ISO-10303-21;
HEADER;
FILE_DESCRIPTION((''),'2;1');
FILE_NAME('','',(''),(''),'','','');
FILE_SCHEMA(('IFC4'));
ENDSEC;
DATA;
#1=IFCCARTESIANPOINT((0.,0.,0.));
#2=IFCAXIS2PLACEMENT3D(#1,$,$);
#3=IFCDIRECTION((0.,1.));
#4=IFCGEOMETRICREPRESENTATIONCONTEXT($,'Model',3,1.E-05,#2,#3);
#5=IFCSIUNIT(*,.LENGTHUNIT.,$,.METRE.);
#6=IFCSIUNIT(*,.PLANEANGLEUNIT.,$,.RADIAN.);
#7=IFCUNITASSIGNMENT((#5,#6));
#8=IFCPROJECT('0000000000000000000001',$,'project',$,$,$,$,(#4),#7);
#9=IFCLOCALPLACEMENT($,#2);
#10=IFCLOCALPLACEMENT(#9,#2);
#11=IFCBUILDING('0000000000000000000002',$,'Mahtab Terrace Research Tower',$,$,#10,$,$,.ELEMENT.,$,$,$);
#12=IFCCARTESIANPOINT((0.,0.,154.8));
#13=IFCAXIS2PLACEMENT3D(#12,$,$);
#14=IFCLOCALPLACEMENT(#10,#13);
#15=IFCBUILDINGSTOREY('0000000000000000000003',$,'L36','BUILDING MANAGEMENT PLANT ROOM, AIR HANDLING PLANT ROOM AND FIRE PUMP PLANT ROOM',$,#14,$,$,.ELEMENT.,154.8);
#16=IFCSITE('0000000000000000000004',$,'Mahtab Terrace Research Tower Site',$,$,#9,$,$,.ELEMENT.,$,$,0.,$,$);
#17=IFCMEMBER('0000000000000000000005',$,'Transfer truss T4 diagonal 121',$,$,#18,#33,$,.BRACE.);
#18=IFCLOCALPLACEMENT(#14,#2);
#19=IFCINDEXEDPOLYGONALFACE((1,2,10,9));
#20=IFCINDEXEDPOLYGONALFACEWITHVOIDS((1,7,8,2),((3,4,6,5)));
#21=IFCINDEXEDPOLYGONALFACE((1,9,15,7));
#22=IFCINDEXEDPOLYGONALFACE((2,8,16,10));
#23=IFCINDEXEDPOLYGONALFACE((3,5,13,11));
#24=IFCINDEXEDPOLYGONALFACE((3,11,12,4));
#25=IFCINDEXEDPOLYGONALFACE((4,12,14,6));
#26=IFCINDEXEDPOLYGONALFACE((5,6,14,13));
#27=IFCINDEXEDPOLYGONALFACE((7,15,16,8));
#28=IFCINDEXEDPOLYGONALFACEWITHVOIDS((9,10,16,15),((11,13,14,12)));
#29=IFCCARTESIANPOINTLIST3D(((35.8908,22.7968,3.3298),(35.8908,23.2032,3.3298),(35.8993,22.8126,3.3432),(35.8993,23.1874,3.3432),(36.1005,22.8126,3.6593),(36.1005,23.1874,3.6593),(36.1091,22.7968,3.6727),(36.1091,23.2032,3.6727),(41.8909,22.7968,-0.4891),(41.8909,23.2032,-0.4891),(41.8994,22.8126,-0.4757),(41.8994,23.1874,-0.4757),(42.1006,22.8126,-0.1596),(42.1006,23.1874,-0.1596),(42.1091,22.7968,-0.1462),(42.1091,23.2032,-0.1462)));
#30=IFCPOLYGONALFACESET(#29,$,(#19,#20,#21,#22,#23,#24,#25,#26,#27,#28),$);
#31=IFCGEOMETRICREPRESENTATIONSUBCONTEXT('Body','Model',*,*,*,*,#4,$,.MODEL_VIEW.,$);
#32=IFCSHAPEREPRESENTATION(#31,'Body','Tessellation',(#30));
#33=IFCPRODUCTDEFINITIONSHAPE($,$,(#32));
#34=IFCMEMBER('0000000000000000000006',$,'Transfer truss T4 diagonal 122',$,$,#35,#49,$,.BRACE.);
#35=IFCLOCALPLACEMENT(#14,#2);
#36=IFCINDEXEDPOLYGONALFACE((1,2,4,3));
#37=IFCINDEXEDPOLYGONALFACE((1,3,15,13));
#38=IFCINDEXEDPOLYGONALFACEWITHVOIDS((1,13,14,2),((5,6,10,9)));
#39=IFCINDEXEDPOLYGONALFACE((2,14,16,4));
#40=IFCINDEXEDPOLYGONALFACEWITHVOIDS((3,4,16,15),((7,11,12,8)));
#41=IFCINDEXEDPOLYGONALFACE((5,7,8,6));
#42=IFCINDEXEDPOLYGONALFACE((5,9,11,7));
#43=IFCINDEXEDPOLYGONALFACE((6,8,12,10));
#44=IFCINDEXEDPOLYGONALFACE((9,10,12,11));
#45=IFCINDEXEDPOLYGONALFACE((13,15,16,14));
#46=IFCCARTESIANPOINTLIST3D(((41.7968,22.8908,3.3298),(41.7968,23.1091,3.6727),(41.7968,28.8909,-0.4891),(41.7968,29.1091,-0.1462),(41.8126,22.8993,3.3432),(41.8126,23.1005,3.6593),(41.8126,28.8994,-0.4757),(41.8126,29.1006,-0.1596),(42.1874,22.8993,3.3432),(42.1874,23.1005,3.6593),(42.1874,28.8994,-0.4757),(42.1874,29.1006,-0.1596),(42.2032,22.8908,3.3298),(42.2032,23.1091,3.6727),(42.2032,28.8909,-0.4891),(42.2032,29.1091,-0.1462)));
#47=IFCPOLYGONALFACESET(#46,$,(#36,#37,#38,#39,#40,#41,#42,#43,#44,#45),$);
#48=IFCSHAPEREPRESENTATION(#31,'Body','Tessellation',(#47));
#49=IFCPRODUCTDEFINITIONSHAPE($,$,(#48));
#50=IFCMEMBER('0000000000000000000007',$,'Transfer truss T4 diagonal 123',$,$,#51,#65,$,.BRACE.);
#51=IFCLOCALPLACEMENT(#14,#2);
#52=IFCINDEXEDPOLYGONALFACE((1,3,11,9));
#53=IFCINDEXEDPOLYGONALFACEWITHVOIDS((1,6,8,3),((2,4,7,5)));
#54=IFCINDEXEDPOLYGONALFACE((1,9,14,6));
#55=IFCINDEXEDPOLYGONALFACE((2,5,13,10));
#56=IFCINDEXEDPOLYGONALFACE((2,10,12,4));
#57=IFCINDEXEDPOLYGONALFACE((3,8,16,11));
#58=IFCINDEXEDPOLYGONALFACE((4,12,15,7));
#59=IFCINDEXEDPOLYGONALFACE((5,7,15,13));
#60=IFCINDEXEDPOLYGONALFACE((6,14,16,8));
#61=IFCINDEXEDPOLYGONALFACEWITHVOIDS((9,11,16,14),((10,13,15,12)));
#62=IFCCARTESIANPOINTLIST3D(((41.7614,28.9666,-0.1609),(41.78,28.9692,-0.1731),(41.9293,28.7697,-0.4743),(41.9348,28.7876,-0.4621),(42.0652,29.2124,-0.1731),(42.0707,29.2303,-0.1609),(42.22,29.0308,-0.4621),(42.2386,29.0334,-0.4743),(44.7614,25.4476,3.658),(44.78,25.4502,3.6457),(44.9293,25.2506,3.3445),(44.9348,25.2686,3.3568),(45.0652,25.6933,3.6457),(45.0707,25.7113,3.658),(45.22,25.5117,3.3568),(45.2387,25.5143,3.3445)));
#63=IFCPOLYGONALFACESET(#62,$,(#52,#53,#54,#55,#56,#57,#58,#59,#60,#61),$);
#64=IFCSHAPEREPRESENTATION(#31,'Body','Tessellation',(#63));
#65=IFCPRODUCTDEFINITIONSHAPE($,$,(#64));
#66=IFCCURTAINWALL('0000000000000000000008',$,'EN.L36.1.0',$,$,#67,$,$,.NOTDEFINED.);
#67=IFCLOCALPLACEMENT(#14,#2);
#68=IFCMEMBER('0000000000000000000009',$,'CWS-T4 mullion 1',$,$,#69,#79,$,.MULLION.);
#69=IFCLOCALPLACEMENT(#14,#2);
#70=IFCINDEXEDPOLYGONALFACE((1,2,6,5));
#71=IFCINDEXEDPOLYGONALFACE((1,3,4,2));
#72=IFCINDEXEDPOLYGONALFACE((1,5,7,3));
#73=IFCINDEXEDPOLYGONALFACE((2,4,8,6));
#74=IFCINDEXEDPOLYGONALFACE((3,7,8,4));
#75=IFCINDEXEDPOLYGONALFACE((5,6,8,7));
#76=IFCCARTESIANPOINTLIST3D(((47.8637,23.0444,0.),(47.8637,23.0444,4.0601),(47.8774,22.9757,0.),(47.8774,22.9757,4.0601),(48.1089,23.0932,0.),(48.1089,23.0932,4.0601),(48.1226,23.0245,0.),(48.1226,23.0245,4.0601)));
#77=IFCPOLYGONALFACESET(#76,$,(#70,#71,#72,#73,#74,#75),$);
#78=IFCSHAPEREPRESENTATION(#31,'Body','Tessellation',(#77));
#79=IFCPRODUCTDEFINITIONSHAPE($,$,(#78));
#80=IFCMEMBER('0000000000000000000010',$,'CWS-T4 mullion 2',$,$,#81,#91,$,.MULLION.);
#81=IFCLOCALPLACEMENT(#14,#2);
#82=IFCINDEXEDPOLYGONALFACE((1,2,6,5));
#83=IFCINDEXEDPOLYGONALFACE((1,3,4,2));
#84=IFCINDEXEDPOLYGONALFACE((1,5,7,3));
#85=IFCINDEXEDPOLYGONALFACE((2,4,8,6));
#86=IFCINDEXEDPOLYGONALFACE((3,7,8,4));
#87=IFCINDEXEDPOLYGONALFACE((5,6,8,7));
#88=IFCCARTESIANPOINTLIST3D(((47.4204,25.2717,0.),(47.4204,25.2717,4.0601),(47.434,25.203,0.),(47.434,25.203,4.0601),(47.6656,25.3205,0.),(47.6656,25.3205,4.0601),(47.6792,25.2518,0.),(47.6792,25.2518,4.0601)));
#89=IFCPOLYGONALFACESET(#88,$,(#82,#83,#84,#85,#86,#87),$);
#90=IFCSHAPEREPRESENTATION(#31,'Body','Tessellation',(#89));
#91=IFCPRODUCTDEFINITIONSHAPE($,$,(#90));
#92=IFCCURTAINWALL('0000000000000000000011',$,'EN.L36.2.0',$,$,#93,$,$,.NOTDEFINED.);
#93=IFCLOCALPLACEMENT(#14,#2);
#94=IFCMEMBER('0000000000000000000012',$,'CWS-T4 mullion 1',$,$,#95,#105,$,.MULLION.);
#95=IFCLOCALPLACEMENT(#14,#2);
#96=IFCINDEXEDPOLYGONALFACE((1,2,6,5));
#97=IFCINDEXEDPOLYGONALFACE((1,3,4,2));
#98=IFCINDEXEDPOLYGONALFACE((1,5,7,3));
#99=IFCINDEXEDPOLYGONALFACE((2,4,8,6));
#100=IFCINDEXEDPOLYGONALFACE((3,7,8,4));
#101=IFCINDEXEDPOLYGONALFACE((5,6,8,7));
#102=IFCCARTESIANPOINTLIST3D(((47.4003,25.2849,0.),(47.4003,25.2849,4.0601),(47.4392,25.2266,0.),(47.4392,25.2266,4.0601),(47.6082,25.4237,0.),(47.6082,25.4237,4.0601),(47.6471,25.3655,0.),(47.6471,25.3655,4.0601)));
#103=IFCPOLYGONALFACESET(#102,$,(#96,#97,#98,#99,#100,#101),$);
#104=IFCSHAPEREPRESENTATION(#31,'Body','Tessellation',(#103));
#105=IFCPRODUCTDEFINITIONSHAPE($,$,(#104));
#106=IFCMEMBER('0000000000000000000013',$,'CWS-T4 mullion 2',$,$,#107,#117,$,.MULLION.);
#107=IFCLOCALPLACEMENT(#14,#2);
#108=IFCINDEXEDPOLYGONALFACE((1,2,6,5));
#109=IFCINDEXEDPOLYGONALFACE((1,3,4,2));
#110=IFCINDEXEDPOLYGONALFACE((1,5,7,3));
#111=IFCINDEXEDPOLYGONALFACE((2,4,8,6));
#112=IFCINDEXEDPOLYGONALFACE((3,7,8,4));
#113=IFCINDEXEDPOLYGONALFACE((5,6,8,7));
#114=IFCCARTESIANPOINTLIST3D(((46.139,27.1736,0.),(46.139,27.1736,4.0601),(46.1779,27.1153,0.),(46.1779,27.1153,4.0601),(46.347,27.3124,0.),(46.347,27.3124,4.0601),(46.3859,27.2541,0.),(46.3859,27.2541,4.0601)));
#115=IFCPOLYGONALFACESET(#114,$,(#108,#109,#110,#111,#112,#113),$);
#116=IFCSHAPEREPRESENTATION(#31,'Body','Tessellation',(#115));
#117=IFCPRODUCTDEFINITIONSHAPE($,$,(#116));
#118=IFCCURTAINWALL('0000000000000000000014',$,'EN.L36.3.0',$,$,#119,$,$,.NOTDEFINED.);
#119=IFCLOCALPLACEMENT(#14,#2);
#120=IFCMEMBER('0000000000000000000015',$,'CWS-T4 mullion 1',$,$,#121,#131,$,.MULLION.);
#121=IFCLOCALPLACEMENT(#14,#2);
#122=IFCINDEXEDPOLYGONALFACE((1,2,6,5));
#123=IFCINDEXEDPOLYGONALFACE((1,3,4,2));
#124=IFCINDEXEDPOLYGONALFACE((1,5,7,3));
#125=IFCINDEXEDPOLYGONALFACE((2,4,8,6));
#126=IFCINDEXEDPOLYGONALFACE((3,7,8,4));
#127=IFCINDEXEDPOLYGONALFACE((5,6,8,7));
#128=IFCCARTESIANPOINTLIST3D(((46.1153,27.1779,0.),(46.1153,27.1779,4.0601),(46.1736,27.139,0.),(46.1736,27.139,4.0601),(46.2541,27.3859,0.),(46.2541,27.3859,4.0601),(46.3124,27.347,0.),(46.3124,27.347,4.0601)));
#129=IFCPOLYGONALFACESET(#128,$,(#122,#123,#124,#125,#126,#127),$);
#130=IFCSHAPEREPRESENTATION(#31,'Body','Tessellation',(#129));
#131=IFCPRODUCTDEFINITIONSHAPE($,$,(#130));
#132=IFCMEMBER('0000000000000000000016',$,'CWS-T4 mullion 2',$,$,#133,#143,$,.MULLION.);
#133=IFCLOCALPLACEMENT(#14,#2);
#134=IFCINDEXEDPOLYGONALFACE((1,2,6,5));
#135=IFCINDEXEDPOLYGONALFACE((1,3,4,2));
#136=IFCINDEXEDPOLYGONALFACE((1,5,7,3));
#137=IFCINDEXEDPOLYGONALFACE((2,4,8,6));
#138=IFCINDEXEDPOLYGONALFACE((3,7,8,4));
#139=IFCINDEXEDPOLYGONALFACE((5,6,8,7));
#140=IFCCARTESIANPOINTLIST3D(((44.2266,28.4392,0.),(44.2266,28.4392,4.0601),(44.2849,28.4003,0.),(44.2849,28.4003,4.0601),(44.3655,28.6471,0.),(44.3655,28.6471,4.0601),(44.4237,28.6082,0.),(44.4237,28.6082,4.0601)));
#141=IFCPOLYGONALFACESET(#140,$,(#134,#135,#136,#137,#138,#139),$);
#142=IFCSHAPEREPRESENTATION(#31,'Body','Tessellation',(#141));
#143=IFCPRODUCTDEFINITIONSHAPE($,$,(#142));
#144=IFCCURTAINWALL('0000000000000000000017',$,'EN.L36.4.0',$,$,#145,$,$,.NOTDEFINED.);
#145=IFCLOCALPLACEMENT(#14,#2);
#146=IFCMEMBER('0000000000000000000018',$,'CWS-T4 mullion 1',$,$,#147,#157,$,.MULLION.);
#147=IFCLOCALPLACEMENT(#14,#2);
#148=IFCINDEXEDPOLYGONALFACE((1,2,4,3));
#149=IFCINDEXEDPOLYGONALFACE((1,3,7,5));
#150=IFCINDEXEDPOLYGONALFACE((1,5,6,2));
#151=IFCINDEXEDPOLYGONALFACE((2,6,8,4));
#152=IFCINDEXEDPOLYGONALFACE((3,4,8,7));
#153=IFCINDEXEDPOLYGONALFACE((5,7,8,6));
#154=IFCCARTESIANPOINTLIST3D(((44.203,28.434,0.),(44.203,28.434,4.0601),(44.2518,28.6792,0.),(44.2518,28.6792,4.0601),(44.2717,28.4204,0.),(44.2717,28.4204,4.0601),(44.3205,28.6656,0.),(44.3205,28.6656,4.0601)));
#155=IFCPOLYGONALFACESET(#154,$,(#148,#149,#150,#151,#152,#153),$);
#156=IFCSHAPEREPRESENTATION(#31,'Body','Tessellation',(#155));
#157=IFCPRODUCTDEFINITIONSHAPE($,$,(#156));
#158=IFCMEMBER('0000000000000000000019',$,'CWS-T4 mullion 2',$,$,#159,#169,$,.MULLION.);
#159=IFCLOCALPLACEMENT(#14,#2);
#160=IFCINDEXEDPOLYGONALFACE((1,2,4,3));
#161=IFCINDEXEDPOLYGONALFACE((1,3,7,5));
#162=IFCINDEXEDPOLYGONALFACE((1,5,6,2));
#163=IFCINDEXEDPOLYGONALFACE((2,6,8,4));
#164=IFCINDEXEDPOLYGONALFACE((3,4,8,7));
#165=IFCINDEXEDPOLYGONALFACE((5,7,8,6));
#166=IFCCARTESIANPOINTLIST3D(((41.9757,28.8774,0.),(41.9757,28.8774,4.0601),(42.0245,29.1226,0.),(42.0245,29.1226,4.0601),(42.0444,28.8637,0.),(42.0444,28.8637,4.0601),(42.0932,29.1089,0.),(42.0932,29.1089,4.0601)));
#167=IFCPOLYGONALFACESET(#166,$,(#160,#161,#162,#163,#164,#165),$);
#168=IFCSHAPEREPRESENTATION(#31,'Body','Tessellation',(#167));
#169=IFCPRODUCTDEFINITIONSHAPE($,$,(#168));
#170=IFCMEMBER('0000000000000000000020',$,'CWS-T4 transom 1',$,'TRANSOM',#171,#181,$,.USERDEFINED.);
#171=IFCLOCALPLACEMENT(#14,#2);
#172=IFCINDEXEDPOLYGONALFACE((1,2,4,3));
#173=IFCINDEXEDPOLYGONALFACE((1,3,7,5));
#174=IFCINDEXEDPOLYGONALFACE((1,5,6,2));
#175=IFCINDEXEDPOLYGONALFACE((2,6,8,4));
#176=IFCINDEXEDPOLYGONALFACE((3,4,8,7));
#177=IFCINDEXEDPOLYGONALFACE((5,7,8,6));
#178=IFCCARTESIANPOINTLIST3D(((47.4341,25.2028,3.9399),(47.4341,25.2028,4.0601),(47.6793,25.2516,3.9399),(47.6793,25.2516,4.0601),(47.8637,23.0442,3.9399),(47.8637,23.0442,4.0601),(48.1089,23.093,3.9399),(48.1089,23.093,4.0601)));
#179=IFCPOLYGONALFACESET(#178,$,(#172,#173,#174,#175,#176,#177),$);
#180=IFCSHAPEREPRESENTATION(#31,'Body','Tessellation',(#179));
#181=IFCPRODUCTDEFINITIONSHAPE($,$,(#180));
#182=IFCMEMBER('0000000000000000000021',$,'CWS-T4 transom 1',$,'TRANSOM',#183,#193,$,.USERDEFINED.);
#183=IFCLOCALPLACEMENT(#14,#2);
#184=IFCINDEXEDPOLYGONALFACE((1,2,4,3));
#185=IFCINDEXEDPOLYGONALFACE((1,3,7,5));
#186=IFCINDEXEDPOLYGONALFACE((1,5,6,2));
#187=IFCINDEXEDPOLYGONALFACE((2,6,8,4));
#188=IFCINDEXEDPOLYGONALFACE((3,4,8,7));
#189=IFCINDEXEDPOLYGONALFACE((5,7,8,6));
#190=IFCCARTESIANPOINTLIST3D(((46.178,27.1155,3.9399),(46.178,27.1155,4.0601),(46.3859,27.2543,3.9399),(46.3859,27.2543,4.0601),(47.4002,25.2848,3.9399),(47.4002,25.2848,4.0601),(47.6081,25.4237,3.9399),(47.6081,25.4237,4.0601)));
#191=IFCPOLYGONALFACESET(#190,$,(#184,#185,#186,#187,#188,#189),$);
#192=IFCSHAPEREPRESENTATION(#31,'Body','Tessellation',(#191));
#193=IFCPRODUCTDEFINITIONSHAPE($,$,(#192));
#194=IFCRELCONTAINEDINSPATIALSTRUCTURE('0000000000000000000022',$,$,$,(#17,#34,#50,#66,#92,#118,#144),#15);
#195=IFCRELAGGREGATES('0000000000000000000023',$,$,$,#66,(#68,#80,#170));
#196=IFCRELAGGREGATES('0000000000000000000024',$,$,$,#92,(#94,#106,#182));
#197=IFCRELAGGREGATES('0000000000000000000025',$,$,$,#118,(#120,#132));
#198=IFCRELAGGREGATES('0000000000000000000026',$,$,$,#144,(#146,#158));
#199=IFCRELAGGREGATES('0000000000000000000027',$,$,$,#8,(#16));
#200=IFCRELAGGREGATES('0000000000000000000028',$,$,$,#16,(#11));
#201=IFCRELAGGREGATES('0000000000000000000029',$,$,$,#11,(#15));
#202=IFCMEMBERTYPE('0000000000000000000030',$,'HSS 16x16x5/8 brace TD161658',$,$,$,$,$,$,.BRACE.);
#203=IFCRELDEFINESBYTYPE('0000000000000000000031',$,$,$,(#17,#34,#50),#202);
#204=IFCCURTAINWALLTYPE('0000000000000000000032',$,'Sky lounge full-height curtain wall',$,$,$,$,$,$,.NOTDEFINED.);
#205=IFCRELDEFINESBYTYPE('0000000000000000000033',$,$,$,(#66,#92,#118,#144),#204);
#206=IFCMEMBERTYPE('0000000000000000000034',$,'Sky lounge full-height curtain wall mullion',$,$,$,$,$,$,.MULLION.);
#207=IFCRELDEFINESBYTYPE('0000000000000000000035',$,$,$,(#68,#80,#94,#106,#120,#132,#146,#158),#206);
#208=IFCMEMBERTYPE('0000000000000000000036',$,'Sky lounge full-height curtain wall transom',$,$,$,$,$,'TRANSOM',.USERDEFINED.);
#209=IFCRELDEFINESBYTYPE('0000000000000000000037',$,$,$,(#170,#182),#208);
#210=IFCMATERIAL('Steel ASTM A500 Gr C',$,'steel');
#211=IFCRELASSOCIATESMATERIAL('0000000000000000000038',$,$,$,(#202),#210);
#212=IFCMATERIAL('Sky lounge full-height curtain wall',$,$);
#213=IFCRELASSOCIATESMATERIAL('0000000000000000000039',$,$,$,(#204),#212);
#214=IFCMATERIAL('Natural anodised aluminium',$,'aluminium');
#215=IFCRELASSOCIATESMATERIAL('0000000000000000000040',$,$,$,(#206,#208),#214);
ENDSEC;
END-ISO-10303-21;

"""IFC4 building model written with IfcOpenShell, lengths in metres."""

from ifc_helpers import new_model, si_unit, direction, frame, origin, origin_2d, place, context, subcontext, project, spatial, rectangle, hollow_rectangle, extrude, material, material_profile, profile_set, type_object, element, aggregate, save


model = new_model("IFC4")

# Units and contexts
model_context = context("Model", 3, precision=1e-05, world=origin(), true_north=direction((0.0, 1.0)))
body_context = subcontext(model_context, "Body", "Model", "MODEL_VIEW")
ifc_project = project(units=[si_unit("LENGTHUNIT", "METRE"), si_unit("PLANEANGLEUNIT", "RADIAN")], contexts=[model_context])

# Site, building, storey
site_placement = place(None, origin())
site = spatial("IfcSite", under=ifc_project, at=site_placement, Name="Mahtab Terrace Research Tower Site", CompositionType="ELEMENT", RefElevation=0.0)
building_placement = place(site_placement, origin())
building = spatial("IfcBuilding", under=site, at=building_placement, Name="Mahtab Terrace Research Tower", CompositionType="ELEMENT")
storey_placement = place(building_placement, frame((0.0, 0.0, 154.8)))
storey = spatial("IfcBuildingStorey", under=building, at=storey_placement, Name="L36", Description="BUILDING MANAGEMENT PLANT ROOM, AIR HANDLING PLANT ROOM AND FIRE PUMP PLANT ROOM", CompositionType="ELEMENT", Elevation=154.8)

# Members
ifc_material_1 = material(Name="Steel ASTM A500 Gr C", Category="steel")
ifc_material_profile_1 = material_profile(ifc_material_1, hollow_rectangle(XDim=0.4065, YDim=0.4065, WallThickness=0.0159, at=origin_2d()), Name="HSS16X16X5/8")
ifc_profile_set_1 = profile_set([ifc_material_profile_1], Name="Steel ASTM A500 Gr C")
member_type_1 = type_object("IfcMemberType", Name="HSS 16x16x5/8 brace TD161658", PredefinedType="BRACE", material=ifc_profile_set_1)
for number, where, z_axis, x_axis, name in (
    (1, (42.0, 23.0, -0.3176), (-0.843619, 0.0, 0.536942), (0.0, -1.0, 0.0), "Transfer truss T4 diagonal 121"),
    (2, (42.0, 29.0, -0.3176), (0.0, -0.843619, 0.536942), (1.0, 0.0, 0.0), "Transfer truss T4 diagonal 122"),
):
    element("IfcMember", number, at=place(storey_placement, frame(where, z_axis=z_axis, x_axis=x_axis)), inside=storey, type_object=member_type_1, Name=name, PredefinedType="BRACE", context=body_context, shape_type="SweptSolid", body=[
        extrude(hollow_rectangle(XDim=0.4065, YDim=0.4065, WallThickness=0.0159, at=origin_2d()), origin(), (0.0, 0.0, 1.0), 7.1123),
    ])
member_1_placement = place(storey_placement, frame((42.0, 29.0, -0.3176), z_axis=(0.500228, -0.586774, 0.636764), x_axis=(0.760998, 0.648754, 0.0)))
element("IfcMember", 3, at=member_1_placement, inside=storey, type_object=member_type_1, Name="Transfer truss T4 diagonal 123", PredefinedType="BRACE", context=body_context, shape_type="SweptSolid", body=[
    extrude(hollow_rectangle(XDim=0.4065, YDim=0.4065, WallThickness=0.0159, at=origin_2d()), origin(), (0.0, 0.0, 1.0), 5.9973),
])

# Curtain walls, members
ifc_material_2 = material(Name="Sky lounge full-height curtain wall")
curtain_wall_type = type_object("IfcCurtainWallType", Name="Sky lounge full-height curtain wall", PredefinedType="NOTDEFINED", material=ifc_material_2)
curtain_wall_1_placement = place(storey_placement, origin())
curtain_wall_1 = element("IfcCurtainWall", 4, at=curtain_wall_1_placement, inside=storey, type_object=curtain_wall_type, Name="EN.L36.1.0", PredefinedType="NOTDEFINED")
ifc_material_3 = material(Name="Natural anodised aluminium", Category="aluminium")
ifc_material_profile_2 = material_profile(ifc_material_3, rectangle(XDim=0.25, YDim=0.0701, at=origin_2d()), Name="MULLION 70x250")
ifc_profile_set_2 = profile_set([ifc_material_profile_2], Name="Natural anodised aluminium")
member_type_2 = type_object("IfcMemberType", Name="Sky lounge full-height curtain wall mullion", PredefinedType="MULLION", material=ifc_profile_set_2)
member_2_placement = place(storey_placement, frame((47.9932, 23.0344, 0.0), z_axis=(0.0, 0.0, 1.0), x_axis=(-0.980761, -0.195212, 0.0)))
member_2 = element("IfcMember", 5, at=member_2_placement, type_object=member_type_2, Name="CWS-T4 mullion 1", PredefinedType="MULLION", context=body_context, shape_type="SweptSolid", body=[
    extrude(rectangle(XDim=0.25, YDim=0.0701, at=origin_2d()), origin(), (0.0, 0.0, 1.0), 4.0601),
])
member_3_placement = place(storey_placement, frame((47.5498, 25.2617, 0.0), z_axis=(0.0, 0.0, 1.0), x_axis=(-0.980761, -0.195212, 0.0)))
member_3 = element("IfcMember", 6, at=member_3_placement, type_object=member_type_2, Name="CWS-T4 mullion 2", PredefinedType="MULLION", context=body_context, shape_type="SweptSolid", body=[
    extrude(rectangle(XDim=0.25, YDim=0.0701, at=origin_2d()), origin(), (0.0, 0.0, 1.0), 4.0601),
])
curtain_wall_2_placement = place(storey_placement, origin())
curtain_wall_2 = element("IfcCurtainWall", 7, at=curtain_wall_2_placement, inside=storey, type_object=curtain_wall_type, Name="EN.L36.2.0", PredefinedType="NOTDEFINED")
member_4_placement = place(storey_placement, frame((47.5237, 25.3252, 0.0), z_axis=(0.0, 0.0, 1.0), x_axis=(-0.831656, -0.555291, 0.0)))
member_4 = element("IfcMember", 8, at=member_4_placement, type_object=member_type_2, Name="CWS-T4 mullion 1", PredefinedType="MULLION", context=body_context, shape_type="SweptSolid", body=[
    extrude(rectangle(XDim=0.25, YDim=0.0701, at=origin_2d()), origin(), (0.0, 0.0, 1.0), 4.0601),
])
member_5_placement = place(storey_placement, frame((46.2625, 27.2139, 0.0), z_axis=(0.0, 0.0, 1.0), x_axis=(-0.831656, -0.555291, 0.0)))
member_5 = element("IfcMember", 9, at=member_5_placement, type_object=member_type_2, Name="CWS-T4 mullion 2", PredefinedType="MULLION", context=body_context, shape_type="SweptSolid", body=[
    extrude(rectangle(XDim=0.25, YDim=0.0701, at=origin_2d()), origin(), (0.0, 0.0, 1.0), 4.0601),
])
curtain_wall_3_placement = place(storey_placement, origin())
curtain_wall_3 = element("IfcCurtainWall", 10, at=curtain_wall_3_placement, inside=storey, type_object=curtain_wall_type, Name="EN.L36.3.0", PredefinedType="NOTDEFINED")
member_6_placement = place(storey_placement, frame((46.2139, 27.2625, 0.0), z_axis=(0.0, 0.0, 1.0), x_axis=(-0.555291, -0.831656, 0.0)))
member_6 = element("IfcMember", 11, at=member_6_placement, type_object=member_type_2, Name="CWS-T4 mullion 1", PredefinedType="MULLION", context=body_context, shape_type="SweptSolid", body=[
    extrude(rectangle(XDim=0.25, YDim=0.0701, at=origin_2d()), origin(), (0.0, 0.0, 1.0), 4.0601),
])
member_7_placement = place(storey_placement, frame((44.3252, 28.5237, 0.0), z_axis=(0.0, 0.0, 1.0), x_axis=(-0.555291, -0.831656, 0.0)))
member_7 = element("IfcMember", 12, at=member_7_placement, type_object=member_type_2, Name="CWS-T4 mullion 2", PredefinedType="MULLION", context=body_context, shape_type="SweptSolid", body=[
    extrude(rectangle(XDim=0.25, YDim=0.0701, at=origin_2d()), origin(), (0.0, 0.0, 1.0), 4.0601),
])
curtain_wall_4_placement = place(storey_placement, origin())
curtain_wall_4 = element("IfcCurtainWall", 13, at=curtain_wall_4_placement, inside=storey, type_object=curtain_wall_type, Name="EN.L36.4.0", PredefinedType="NOTDEFINED")
member_8_placement = place(storey_placement, frame((44.2617, 28.5498, 0.0), z_axis=(0.0, 0.0, 1.0), x_axis=(-0.195212, -0.980761, 0.0)))
member_8 = element("IfcMember", 14, at=member_8_placement, type_object=member_type_2, Name="CWS-T4 mullion 1", PredefinedType="MULLION", context=body_context, shape_type="SweptSolid", body=[
    extrude(rectangle(XDim=0.25, YDim=0.0701, at=origin_2d()), origin(), (0.0, 0.0, 1.0), 4.0601),
])
member_9_placement = place(storey_placement, frame((42.0344, 28.9932, 0.0), z_axis=(0.0, 0.0, 1.0), x_axis=(-0.195212, -0.980761, 0.0)))
member_9 = element("IfcMember", 15, at=member_9_placement, type_object=member_type_2, Name="CWS-T4 mullion 2", PredefinedType="MULLION", context=body_context, shape_type="SweptSolid", body=[
    extrude(rectangle(XDim=0.25, YDim=0.0701, at=origin_2d()), origin(), (0.0, 0.0, 1.0), 4.0601),
])

# Members
ifc_material_profile_3 = material_profile(ifc_material_3, rectangle(XDim=0.25, YDim=0.1201, at=origin_2d()), Name="TRANSOM 120x250")
ifc_profile_set_3 = profile_set([ifc_material_profile_3], Name="Natural anodised aluminium")
member_type_3 = type_object("IfcMemberType", Name="Sky lounge full-height curtain wall transom", ElementType="TRANSOM", PredefinedType="USERDEFINED", material=ifc_profile_set_3)
member_10_placement = place(storey_placement, frame((47.9863, 23.0686, 4.0), z_axis=(-0.19522, 0.980759, 0.0), x_axis=(-0.980759, -0.19522, 0.0)))
member_10 = element("IfcMember", 16, at=member_10_placement, type_object=member_type_3, Name="CWS-T4 transom 1", ObjectType="TRANSOM", PredefinedType="USERDEFINED", context=body_context, shape_type="SweptSolid", body=[
    extrude(rectangle(XDim=0.25, YDim=0.1201, at=origin_2d()), origin(), (0.0, 0.0, 1.0), 2.2009),
])
member_11_placement = place(storey_placement, frame((47.5042, 25.3542, 4.0), z_axis=(-0.555263, 0.831675, 0.0), x_axis=(-0.831675, -0.555263, 0.0)))
member_11 = element("IfcMember", 17, at=member_11_placement, type_object=member_type_3, Name="CWS-T4 transom 1", ObjectType="TRANSOM", PredefinedType="USERDEFINED", context=body_context, shape_type="SweptSolid", body=[
    extrude(rectangle(XDim=0.25, YDim=0.1201, at=origin_2d()), origin(), (0.0, 0.0, 1.0), 2.2012),
])

aggregate(curtain_wall_1, [member_2, member_3, member_10])
aggregate(curtain_wall_2, [member_4, member_5, member_11])
aggregate(curtain_wall_3, [member_6, member_7])
aggregate(curtain_wall_4, [member_8, member_9])

save(model, "model.ifc")
